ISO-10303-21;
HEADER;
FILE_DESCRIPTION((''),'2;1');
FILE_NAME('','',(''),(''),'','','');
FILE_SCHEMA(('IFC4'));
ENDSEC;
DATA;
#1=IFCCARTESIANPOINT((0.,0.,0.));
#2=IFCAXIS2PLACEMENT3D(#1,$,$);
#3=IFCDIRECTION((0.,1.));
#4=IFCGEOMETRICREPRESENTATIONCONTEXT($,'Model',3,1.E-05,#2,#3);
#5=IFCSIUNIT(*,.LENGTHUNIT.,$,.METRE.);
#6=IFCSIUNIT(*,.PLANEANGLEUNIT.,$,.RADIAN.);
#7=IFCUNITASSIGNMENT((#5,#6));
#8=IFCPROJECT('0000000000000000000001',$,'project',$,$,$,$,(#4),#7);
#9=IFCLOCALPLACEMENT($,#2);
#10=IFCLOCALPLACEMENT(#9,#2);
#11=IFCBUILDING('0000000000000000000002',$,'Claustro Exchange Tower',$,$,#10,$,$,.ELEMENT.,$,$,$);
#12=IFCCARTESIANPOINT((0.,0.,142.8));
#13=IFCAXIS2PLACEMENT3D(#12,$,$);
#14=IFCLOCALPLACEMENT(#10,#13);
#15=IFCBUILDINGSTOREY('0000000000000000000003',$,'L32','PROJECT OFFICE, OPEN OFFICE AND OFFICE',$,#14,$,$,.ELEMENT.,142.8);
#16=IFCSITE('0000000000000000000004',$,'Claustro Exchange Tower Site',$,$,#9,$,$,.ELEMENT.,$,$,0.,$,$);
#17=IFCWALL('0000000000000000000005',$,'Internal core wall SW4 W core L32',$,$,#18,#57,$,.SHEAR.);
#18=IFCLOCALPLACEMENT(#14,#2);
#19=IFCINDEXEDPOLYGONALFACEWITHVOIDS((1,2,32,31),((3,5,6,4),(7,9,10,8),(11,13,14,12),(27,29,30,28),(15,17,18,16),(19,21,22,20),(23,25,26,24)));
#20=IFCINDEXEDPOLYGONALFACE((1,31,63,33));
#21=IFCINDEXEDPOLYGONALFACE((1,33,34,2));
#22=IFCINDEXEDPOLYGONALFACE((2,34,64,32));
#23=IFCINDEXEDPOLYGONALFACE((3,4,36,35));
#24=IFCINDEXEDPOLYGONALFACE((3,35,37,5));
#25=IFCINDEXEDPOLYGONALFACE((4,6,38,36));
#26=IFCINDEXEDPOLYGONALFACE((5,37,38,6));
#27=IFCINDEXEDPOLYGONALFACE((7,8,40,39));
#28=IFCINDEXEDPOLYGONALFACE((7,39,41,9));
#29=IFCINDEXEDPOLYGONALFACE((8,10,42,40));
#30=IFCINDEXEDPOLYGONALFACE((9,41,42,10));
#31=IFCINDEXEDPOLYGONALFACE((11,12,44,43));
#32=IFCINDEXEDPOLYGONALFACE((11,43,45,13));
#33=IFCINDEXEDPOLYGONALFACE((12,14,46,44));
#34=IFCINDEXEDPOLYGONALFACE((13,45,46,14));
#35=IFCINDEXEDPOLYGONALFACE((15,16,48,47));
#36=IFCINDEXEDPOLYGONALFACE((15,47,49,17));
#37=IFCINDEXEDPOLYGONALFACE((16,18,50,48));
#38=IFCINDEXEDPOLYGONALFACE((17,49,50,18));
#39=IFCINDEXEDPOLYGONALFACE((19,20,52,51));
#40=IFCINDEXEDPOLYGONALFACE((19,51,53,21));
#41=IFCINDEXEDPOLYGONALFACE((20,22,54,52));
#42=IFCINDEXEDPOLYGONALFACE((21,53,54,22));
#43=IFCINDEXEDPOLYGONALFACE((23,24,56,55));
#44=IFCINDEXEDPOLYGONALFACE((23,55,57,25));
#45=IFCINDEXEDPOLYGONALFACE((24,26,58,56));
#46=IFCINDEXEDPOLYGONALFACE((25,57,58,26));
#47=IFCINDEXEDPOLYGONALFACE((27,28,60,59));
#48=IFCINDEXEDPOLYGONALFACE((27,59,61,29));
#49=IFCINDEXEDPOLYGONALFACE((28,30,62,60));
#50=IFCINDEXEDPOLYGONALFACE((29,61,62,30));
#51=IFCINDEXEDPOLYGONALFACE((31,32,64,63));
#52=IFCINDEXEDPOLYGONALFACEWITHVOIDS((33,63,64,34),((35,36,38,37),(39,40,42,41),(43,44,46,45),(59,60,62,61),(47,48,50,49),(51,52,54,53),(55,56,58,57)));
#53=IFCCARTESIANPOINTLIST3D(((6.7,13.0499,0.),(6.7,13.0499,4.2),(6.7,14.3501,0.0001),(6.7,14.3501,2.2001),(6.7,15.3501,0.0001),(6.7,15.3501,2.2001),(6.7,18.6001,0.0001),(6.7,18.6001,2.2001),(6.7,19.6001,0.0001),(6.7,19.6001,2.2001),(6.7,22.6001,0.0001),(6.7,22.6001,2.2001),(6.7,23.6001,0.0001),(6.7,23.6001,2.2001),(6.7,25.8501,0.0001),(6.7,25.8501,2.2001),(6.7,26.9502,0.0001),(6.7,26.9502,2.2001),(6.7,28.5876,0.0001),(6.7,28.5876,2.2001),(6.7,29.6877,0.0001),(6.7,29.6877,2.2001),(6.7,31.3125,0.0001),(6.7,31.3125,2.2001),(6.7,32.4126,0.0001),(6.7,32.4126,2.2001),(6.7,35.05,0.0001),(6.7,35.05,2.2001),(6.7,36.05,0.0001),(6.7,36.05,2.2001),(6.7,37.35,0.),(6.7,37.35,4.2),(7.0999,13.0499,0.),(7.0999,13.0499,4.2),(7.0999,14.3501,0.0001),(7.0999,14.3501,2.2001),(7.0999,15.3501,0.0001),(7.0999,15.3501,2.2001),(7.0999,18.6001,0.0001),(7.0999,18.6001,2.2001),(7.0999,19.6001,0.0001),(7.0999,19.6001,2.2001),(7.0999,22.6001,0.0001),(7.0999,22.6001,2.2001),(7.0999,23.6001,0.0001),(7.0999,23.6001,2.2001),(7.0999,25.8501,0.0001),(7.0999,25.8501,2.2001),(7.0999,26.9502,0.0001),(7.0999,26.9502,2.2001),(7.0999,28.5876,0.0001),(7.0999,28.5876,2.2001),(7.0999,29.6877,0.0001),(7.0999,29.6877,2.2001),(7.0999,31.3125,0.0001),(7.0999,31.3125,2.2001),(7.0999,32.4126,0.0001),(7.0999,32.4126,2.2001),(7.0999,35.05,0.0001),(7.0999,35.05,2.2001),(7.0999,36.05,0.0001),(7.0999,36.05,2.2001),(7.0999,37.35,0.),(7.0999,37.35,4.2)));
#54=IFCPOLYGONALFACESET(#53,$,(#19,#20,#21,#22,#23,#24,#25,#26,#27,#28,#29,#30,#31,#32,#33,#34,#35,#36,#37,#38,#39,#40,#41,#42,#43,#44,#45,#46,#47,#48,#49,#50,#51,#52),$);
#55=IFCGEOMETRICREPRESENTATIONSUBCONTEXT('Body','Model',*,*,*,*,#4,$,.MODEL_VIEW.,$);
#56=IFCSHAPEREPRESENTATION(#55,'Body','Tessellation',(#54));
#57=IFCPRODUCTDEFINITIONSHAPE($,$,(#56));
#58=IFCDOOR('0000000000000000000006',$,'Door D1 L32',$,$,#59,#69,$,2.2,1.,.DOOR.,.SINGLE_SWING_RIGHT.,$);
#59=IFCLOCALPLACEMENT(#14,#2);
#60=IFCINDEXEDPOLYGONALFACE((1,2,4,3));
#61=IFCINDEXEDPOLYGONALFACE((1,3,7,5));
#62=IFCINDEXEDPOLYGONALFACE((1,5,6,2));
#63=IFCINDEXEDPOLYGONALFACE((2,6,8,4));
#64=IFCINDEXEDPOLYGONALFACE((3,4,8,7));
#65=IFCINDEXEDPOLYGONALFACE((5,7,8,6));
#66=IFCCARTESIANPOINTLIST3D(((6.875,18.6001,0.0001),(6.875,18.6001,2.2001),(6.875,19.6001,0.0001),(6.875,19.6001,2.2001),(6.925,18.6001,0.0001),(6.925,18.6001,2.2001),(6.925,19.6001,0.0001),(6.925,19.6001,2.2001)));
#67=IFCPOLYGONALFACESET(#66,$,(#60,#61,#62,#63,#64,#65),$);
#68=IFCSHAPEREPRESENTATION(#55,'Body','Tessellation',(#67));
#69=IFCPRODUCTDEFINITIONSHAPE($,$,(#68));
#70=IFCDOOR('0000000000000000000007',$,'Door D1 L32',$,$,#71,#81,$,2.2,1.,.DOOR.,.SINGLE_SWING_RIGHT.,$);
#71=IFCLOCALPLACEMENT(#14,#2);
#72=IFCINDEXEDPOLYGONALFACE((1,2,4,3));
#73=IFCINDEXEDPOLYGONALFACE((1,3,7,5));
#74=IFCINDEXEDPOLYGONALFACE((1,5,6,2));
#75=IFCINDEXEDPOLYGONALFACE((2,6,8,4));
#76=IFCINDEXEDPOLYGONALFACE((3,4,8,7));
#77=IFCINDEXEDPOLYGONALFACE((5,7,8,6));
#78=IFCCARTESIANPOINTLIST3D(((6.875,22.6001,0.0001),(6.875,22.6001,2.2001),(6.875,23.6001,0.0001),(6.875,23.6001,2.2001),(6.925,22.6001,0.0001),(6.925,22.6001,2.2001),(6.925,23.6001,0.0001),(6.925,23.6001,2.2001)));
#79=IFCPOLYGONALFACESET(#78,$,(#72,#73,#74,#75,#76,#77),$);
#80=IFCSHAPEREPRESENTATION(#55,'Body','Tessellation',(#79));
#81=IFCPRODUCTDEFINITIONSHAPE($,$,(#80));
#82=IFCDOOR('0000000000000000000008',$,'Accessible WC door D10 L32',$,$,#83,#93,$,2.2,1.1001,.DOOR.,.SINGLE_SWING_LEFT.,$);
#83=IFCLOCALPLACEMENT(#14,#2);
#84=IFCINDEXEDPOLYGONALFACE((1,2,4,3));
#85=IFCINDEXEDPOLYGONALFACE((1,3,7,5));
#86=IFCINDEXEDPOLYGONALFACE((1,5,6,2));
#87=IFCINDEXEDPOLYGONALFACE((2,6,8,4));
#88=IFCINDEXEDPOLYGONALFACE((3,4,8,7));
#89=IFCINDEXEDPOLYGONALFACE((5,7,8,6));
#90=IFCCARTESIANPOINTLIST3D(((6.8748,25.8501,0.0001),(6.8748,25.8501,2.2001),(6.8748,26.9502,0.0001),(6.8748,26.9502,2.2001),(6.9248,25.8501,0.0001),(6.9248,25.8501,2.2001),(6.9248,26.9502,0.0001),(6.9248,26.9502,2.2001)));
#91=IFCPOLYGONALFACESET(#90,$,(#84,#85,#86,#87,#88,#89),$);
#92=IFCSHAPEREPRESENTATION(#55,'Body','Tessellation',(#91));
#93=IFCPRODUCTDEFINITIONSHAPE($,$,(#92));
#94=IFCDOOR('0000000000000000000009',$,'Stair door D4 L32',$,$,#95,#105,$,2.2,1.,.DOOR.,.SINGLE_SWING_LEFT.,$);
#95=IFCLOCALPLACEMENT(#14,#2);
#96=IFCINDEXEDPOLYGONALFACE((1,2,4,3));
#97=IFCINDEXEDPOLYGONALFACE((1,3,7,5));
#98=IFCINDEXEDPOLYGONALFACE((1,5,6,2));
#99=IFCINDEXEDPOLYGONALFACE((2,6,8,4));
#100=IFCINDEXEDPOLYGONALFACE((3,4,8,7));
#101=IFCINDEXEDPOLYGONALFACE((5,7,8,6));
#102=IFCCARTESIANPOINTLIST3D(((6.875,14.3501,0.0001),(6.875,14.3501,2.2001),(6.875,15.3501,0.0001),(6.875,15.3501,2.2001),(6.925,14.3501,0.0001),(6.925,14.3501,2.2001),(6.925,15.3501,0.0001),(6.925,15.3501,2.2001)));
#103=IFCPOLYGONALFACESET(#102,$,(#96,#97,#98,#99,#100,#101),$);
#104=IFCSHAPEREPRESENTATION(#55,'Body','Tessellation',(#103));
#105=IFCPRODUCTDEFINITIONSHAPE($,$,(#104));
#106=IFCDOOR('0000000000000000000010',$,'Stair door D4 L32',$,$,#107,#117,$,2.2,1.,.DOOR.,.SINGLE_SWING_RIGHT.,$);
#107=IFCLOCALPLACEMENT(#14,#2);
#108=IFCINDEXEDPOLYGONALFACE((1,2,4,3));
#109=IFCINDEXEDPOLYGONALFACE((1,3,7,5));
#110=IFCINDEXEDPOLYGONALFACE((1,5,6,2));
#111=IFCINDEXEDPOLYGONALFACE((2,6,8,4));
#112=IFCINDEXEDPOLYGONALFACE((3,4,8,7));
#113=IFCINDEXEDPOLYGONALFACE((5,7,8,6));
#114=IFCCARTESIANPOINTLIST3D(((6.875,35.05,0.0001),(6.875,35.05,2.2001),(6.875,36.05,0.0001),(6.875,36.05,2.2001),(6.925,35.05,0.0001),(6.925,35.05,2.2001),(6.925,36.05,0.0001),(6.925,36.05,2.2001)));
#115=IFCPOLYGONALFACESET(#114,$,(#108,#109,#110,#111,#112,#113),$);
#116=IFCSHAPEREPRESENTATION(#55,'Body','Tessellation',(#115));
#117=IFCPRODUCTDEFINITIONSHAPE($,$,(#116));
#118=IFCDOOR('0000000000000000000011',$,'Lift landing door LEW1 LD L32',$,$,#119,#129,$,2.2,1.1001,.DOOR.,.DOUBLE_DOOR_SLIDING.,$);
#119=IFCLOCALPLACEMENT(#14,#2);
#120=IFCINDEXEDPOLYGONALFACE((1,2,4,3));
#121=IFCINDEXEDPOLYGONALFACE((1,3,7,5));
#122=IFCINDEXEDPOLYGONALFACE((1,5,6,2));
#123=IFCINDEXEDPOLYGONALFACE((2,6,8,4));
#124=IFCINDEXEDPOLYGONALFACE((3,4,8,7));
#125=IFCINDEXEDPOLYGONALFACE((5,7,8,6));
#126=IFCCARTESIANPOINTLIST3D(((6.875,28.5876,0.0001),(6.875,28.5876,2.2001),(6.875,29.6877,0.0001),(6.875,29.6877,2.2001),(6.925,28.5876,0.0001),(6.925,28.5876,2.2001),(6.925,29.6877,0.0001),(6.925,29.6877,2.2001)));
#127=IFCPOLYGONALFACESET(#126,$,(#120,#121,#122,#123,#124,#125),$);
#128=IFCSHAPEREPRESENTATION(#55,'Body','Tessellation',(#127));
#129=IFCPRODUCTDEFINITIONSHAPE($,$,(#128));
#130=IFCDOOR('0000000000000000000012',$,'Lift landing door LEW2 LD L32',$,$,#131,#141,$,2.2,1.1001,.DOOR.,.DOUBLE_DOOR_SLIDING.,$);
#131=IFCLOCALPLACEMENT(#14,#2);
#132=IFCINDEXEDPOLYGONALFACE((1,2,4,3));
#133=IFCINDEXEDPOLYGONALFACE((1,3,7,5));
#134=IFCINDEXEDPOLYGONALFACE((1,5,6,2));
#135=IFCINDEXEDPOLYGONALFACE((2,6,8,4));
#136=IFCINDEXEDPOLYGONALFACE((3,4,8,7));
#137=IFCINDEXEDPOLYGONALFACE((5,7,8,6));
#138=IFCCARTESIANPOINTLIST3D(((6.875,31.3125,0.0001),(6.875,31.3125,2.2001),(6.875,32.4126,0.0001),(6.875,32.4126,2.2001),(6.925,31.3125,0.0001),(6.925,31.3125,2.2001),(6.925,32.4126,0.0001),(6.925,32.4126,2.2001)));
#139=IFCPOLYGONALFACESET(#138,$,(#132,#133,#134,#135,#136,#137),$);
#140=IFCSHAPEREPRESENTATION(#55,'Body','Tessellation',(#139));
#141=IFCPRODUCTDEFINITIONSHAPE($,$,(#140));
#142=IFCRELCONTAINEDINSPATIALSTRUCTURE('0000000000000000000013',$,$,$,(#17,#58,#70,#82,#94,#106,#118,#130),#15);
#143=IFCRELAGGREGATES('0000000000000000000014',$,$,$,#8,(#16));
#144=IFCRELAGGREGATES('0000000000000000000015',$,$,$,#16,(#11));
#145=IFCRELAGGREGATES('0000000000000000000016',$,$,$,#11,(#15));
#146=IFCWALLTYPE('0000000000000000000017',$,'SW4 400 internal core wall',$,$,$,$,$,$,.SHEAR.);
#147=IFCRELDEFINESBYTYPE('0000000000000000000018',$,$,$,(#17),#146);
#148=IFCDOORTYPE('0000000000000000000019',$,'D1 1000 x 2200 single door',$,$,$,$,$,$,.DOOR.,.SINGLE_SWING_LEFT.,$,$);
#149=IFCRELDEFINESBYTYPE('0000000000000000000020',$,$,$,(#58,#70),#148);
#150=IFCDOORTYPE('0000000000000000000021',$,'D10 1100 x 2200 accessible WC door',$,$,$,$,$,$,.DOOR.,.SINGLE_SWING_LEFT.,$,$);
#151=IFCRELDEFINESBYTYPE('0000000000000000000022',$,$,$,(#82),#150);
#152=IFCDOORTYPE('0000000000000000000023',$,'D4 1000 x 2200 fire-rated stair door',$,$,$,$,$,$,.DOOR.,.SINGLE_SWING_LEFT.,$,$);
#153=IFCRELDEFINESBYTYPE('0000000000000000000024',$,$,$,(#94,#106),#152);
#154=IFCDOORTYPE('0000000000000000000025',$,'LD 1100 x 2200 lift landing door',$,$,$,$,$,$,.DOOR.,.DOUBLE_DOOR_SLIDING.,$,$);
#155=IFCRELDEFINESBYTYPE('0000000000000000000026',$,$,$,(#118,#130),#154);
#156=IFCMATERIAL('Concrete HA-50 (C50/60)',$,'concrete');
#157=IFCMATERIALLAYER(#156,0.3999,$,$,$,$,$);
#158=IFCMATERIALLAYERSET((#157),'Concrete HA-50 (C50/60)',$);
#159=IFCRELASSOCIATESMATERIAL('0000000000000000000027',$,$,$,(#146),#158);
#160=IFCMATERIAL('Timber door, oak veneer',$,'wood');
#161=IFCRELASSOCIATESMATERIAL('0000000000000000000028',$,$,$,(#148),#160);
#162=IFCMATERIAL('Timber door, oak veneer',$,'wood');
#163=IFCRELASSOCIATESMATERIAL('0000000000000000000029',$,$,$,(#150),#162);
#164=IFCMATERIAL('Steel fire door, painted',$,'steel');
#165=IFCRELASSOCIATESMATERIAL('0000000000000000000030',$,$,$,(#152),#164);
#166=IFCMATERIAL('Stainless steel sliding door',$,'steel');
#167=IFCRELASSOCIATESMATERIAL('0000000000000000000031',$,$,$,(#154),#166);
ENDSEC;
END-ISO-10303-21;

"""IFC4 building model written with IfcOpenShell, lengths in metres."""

from ifc_helpers import new_model, si_unit, direction, frame, frame_2d, origin, place, context, subcontext, project, spatial, rectangle, extrude, material, layer, layer_set, type_object, element, fill, save


model = new_model("IFC4")

# Units and contexts
model_context = context("Model", 3, precision=1e-05, world=origin(), true_north=direction((0.0, 1.0)))
body_context = subcontext(model_context, "Body", "Model", "MODEL_VIEW")
ifc_project = project(units=[si_unit("LENGTHUNIT", "METRE"), si_unit("PLANEANGLEUNIT", "RADIAN")], contexts=[model_context])

# Site, building, storey
site_placement = place(None, origin())
site = spatial("IfcSite", under=ifc_project, at=site_placement, Name="Claustro Exchange Tower Site", CompositionType="ELEMENT", RefElevation=0.0)
building_placement = place(site_placement, origin())
building = spatial("IfcBuilding", under=site, at=building_placement, Name="Claustro Exchange Tower", CompositionType="ELEMENT")
storey_placement = place(building_placement, frame((0.0, 0.0, 142.8)))
storey = spatial("IfcBuildingStorey", under=building, at=storey_placement, Name="L32", Description="PROJECT OFFICE, OPEN OFFICE AND OFFICE", CompositionType="ELEMENT", Elevation=142.8)

# Wall, openings, doors
ifc_material_1 = material(Name="Concrete HA-50 (C50/60)", Category="concrete")
ifc_layer_1 = layer(ifc_material_1, 0.3999)
ifc_layer_set_1 = layer_set([ifc_layer_1], Name="Concrete HA-50 (C50/60)")
wall_type_1 = type_object("IfcWallType", Name="SW4 400 internal core wall", PredefinedType="SHEAR", material=ifc_layer_set_1)
wall_1_placement = place(storey_placement, frame((6.8999, 13.05, 0.0), z_axis=(0.0, 0.0, 1.0), x_axis=(0.0, 1.0, 0.0)))
wall_1 = element("IfcWall", 1, at=wall_1_placement, inside=storey, type_object=wall_type_1, Name="Internal core wall SW4 W core L32", PredefinedType="SHEAR", context=body_context, shape_type="SweptSolid", body=[
    extrude(rectangle(XDim=24.3, YDim=0.3999, at=frame_2d((12.1499, 0.0))), origin(), (0.0, 0.0, 1.0), 4.2),
])
opening_1_placement = place(wall_1_placement, frame((1.3, 0.0, 0.0)))
opening_1 = element("IfcOpeningElement", 2, at=opening_1_placement, cuts=wall_1, PredefinedType="OPENING", context=body_context, shape_type="SweptSolid", body=[
    extrude(rectangle(XDim=1.0, YDim=2.2, at=frame_2d((0.5, 1.1001))), frame((0.0, 0.21, 0.0), z_axis=(0.0, -1.0, 0.0), x_axis=(1.0, 0.0, 0.0)), (0.0, 0.0, 1.0), 0.4199),
])
opening_2_placement = place(wall_1_placement, frame((22.0, 0.0, 0.0)))
opening_2 = element("IfcOpeningElement", 3, at=opening_2_placement, cuts=wall_1, PredefinedType="OPENING", context=body_context, shape_type="SweptSolid", body=[
    extrude(rectangle(XDim=1.0, YDim=2.2, at=frame_2d((0.5, 1.1001))), frame((0.0, 0.21, 0.0), z_axis=(0.0, -1.0, 0.0), x_axis=(1.0, 0.0, 0.0)), (0.0, 0.0, 1.0), 0.4199),
])
opening_3_placement = place(wall_1_placement, frame((5.55, 0.0, 0.0)))
opening_3 = element("IfcOpeningElement", 4, at=opening_3_placement, cuts=wall_1, PredefinedType="OPENING", context=body_context, shape_type="SweptSolid", body=[
    extrude(rectangle(XDim=1.0, YDim=2.2, at=frame_2d((0.5, 1.1001))), frame((0.0, 0.21, 0.0), z_axis=(0.0, -1.0, 0.0), x_axis=(1.0, 0.0, 0.0)), (0.0, 0.0, 1.0), 0.4199),
])
opening_4_placement = place(wall_1_placement, frame((9.55, 0.0, 0.0)))
opening_4 = element("IfcOpeningElement", 5, at=opening_4_placement, cuts=wall_1, PredefinedType="OPENING", context=body_context, shape_type="SweptSolid", body=[
    extrude(rectangle(XDim=1.0, YDim=2.2, at=frame_2d((0.5, 1.1001))), frame((0.0, 0.21, 0.0), z_axis=(0.0, -1.0, 0.0), x_axis=(1.0, 0.0, 0.0)), (0.0, 0.0, 1.0), 0.4199),
])
opening_5_placement = place(wall_1_placement, frame((12.8, 0.0, 0.0)))
opening_5 = element("IfcOpeningElement", 6, at=opening_5_placement, cuts=wall_1, PredefinedType="OPENING", context=body_context, shape_type="SweptSolid", body=[
    extrude(rectangle(XDim=1.1001, YDim=2.2, at=frame_2d((0.55, 1.1001))), frame((0.0, 0.21, 0.0), z_axis=(0.0, -1.0, 0.0), x_axis=(1.0, 0.0, 0.0)), (0.0, 0.0, 1.0), 0.4199),
])
opening_6_placement = place(wall_1_placement, frame((15.5376, 0.0, 0.0)))
opening_6 = element("IfcOpeningElement", 7, at=opening_6_placement, cuts=wall_1, PredefinedType="OPENING", context=body_context, shape_type="SweptSolid", body=[
    extrude(rectangle(XDim=1.1001, YDim=2.2, at=frame_2d((0.55, 1.1001))), frame((0.0, 0.21, 0.0), z_axis=(0.0, -1.0, 0.0), x_axis=(1.0, 0.0, 0.0)), (0.0, 0.0, 1.0), 0.4199),
])
opening_7_placement = place(wall_1_placement, frame((18.2625, 0.0, 0.0)))
opening_7 = element("IfcOpeningElement", 8, at=opening_7_placement, cuts=wall_1, PredefinedType="OPENING", context=body_context, shape_type="SweptSolid", body=[
    extrude(rectangle(XDim=1.1001, YDim=2.2, at=frame_2d((0.55, 1.1001))), frame((0.0, 0.21, 0.0), z_axis=(0.0, -1.0, 0.0), x_axis=(1.0, 0.0, 0.0)), (0.0, 0.0, 1.0), 0.4199),
])
ifc_material_2 = material(Name="Timber door, oak veneer", Category="wood")
door_type_1 = type_object("IfcDoorType", Name="D1 1000 x 2200 single door", OperationType="SINGLE_SWING_LEFT", PredefinedType="DOOR", material=ifc_material_2)
door_1_placement = place(opening_3_placement, origin())
door_1 = element("IfcDoor", 9, at=door_1_placement, inside=storey, type_object=door_type_1, Name="Door D1 L32", OperationType="SINGLE_SWING_RIGHT", OverallHeight=2.2, OverallWidth=1.0, PredefinedType="DOOR", context=body_context, shape_type="SweptSolid", body=[
    extrude(rectangle(XDim=1.0, YDim=2.2, at=frame_2d((0.5, 1.1001))), frame((0.0, 0.0249, 0.0), z_axis=(0.0, -1.0, 0.0), x_axis=(1.0, 0.0, 0.0)), (0.0, 0.0, 1.0), 0.05),
])
fill(opening_3, door_1)
door_2_placement = place(opening_4_placement, origin())
door_2 = element("IfcDoor", 10, at=door_2_placement, inside=storey, type_object=door_type_1, Name="Door D1 L32", OperationType="SINGLE_SWING_RIGHT", OverallHeight=2.2, OverallWidth=1.0, PredefinedType="DOOR", context=body_context, shape_type="SweptSolid", body=[
    extrude(rectangle(XDim=1.0, YDim=2.2, at=frame_2d((0.5, 1.1001))), frame((0.0, 0.0249, 0.0), z_axis=(0.0, -1.0, 0.0), x_axis=(1.0, 0.0, 0.0)), (0.0, 0.0, 1.0), 0.05),
])
fill(opening_4, door_2)
ifc_material_3 = material(Name="Timber door, oak veneer", Category="wood")
door_type_2 = type_object("IfcDoorType", Name="D10 1100 x 2200 accessible WC door", OperationType="SINGLE_SWING_LEFT", PredefinedType="DOOR", material=ifc_material_3)
door_3_placement = place(opening_5_placement, frame((1.1001, 0.0, 0.0), z_axis=(0.0, 0.0, 1.0), x_axis=(-1.0, 0.0, 0.0)))
door_3 = element("IfcDoor", 11, at=door_3_placement, inside=storey, type_object=door_type_2, Name="Accessible WC door D10 L32", OperationType="SINGLE_SWING_LEFT", OverallHeight=2.2, OverallWidth=1.1001, PredefinedType="DOOR", context=body_context, shape_type="SweptSolid", body=[
    extrude(rectangle(XDim=1.1001, YDim=2.2, at=frame_2d((0.55, 1.1001))), frame((0.0, 0.0249, 0.0), z_axis=(0.0, -1.0, 0.0), x_axis=(1.0, 0.0, 0.0)), (0.0, 0.0, 1.0), 0.05),
])
fill(opening_5, door_3)
ifc_material_4 = material(Name="Steel fire door, painted", Category="steel")
door_type_3 = type_object("IfcDoorType", Name="D4 1000 x 2200 fire-rated stair door", OperationType="SINGLE_SWING_LEFT", PredefinedType="DOOR", material=ifc_material_4)
door_4_placement = place(opening_1_placement, origin())
door_4 = element("IfcDoor", 12, at=door_4_placement, inside=storey, type_object=door_type_3, Name="Stair door D4 L32", OperationType="SINGLE_SWING_LEFT", OverallHeight=2.2, OverallWidth=1.0, PredefinedType="DOOR", context=body_context, shape_type="SweptSolid", body=[
    extrude(rectangle(XDim=1.0, YDim=2.2, at=frame_2d((0.5, 1.1001))), frame((0.0, 0.0249, 0.0), z_axis=(0.0, -1.0, 0.0), x_axis=(1.0, 0.0, 0.0)), (0.0, 0.0, 1.0), 0.05),
])
fill(opening_1, door_4)
door_5_placement = place(opening_2_placement, origin())
door_5 = element("IfcDoor", 13, at=door_5_placement, inside=storey, type_object=door_type_3, Name="Stair door D4 L32", OperationType="SINGLE_SWING_RIGHT", OverallHeight=2.2, OverallWidth=1.0, PredefinedType="DOOR", context=body_context, shape_type="SweptSolid", body=[
    extrude(rectangle(XDim=1.0, YDim=2.2, at=frame_2d((0.5, 1.1001))), frame((0.0, 0.0249, 0.0), z_axis=(0.0, -1.0, 0.0), x_axis=(1.0, 0.0, 0.0)), (0.0, 0.0, 1.0), 0.05),
])
fill(opening_2, door_5)
ifc_material_5 = material(Name="Stainless steel sliding door", Category="steel")
door_type_4 = type_object("IfcDoorType", Name="LD 1100 x 2200 lift landing door", OperationType="DOUBLE_DOOR_SLIDING", PredefinedType="DOOR", material=ifc_material_5)
door_6_placement = place(opening_6_placement, origin())
door_6 = element("IfcDoor", 14, at=door_6_placement, inside=storey, type_object=door_type_4, Name="Lift landing door LEW1 LD L32", OperationType="DOUBLE_DOOR_SLIDING", OverallHeight=2.2, OverallWidth=1.1001, PredefinedType="DOOR", context=body_context, shape_type="SweptSolid", body=[
    extrude(rectangle(XDim=1.1001, YDim=2.2, at=frame_2d((0.55, 1.1001))), frame((0.0, 0.0249, 0.0), z_axis=(0.0, -1.0, 0.0), x_axis=(1.0, 0.0, 0.0)), (0.0, 0.0, 1.0), 0.05),
])
fill(opening_6, door_6)
door_7_placement = place(opening_7_placement, origin())
door_7 = element("IfcDoor", 15, at=door_7_placement, inside=storey, type_object=door_type_4, Name="Lift landing door LEW2 LD L32", OperationType="DOUBLE_DOOR_SLIDING", OverallHeight=2.2, OverallWidth=1.1001, PredefinedType="DOOR", context=body_context, shape_type="SweptSolid", body=[
    extrude(rectangle(XDim=1.1001, YDim=2.2, at=frame_2d((0.55, 1.1001))), frame((0.0, 0.0249, 0.0), z_axis=(0.0, -1.0, 0.0), x_axis=(1.0, 0.0, 0.0)), (0.0, 0.0, 1.0), 0.05),
])
fill(opening_7, door_7)

save(model, "model.ifc")
